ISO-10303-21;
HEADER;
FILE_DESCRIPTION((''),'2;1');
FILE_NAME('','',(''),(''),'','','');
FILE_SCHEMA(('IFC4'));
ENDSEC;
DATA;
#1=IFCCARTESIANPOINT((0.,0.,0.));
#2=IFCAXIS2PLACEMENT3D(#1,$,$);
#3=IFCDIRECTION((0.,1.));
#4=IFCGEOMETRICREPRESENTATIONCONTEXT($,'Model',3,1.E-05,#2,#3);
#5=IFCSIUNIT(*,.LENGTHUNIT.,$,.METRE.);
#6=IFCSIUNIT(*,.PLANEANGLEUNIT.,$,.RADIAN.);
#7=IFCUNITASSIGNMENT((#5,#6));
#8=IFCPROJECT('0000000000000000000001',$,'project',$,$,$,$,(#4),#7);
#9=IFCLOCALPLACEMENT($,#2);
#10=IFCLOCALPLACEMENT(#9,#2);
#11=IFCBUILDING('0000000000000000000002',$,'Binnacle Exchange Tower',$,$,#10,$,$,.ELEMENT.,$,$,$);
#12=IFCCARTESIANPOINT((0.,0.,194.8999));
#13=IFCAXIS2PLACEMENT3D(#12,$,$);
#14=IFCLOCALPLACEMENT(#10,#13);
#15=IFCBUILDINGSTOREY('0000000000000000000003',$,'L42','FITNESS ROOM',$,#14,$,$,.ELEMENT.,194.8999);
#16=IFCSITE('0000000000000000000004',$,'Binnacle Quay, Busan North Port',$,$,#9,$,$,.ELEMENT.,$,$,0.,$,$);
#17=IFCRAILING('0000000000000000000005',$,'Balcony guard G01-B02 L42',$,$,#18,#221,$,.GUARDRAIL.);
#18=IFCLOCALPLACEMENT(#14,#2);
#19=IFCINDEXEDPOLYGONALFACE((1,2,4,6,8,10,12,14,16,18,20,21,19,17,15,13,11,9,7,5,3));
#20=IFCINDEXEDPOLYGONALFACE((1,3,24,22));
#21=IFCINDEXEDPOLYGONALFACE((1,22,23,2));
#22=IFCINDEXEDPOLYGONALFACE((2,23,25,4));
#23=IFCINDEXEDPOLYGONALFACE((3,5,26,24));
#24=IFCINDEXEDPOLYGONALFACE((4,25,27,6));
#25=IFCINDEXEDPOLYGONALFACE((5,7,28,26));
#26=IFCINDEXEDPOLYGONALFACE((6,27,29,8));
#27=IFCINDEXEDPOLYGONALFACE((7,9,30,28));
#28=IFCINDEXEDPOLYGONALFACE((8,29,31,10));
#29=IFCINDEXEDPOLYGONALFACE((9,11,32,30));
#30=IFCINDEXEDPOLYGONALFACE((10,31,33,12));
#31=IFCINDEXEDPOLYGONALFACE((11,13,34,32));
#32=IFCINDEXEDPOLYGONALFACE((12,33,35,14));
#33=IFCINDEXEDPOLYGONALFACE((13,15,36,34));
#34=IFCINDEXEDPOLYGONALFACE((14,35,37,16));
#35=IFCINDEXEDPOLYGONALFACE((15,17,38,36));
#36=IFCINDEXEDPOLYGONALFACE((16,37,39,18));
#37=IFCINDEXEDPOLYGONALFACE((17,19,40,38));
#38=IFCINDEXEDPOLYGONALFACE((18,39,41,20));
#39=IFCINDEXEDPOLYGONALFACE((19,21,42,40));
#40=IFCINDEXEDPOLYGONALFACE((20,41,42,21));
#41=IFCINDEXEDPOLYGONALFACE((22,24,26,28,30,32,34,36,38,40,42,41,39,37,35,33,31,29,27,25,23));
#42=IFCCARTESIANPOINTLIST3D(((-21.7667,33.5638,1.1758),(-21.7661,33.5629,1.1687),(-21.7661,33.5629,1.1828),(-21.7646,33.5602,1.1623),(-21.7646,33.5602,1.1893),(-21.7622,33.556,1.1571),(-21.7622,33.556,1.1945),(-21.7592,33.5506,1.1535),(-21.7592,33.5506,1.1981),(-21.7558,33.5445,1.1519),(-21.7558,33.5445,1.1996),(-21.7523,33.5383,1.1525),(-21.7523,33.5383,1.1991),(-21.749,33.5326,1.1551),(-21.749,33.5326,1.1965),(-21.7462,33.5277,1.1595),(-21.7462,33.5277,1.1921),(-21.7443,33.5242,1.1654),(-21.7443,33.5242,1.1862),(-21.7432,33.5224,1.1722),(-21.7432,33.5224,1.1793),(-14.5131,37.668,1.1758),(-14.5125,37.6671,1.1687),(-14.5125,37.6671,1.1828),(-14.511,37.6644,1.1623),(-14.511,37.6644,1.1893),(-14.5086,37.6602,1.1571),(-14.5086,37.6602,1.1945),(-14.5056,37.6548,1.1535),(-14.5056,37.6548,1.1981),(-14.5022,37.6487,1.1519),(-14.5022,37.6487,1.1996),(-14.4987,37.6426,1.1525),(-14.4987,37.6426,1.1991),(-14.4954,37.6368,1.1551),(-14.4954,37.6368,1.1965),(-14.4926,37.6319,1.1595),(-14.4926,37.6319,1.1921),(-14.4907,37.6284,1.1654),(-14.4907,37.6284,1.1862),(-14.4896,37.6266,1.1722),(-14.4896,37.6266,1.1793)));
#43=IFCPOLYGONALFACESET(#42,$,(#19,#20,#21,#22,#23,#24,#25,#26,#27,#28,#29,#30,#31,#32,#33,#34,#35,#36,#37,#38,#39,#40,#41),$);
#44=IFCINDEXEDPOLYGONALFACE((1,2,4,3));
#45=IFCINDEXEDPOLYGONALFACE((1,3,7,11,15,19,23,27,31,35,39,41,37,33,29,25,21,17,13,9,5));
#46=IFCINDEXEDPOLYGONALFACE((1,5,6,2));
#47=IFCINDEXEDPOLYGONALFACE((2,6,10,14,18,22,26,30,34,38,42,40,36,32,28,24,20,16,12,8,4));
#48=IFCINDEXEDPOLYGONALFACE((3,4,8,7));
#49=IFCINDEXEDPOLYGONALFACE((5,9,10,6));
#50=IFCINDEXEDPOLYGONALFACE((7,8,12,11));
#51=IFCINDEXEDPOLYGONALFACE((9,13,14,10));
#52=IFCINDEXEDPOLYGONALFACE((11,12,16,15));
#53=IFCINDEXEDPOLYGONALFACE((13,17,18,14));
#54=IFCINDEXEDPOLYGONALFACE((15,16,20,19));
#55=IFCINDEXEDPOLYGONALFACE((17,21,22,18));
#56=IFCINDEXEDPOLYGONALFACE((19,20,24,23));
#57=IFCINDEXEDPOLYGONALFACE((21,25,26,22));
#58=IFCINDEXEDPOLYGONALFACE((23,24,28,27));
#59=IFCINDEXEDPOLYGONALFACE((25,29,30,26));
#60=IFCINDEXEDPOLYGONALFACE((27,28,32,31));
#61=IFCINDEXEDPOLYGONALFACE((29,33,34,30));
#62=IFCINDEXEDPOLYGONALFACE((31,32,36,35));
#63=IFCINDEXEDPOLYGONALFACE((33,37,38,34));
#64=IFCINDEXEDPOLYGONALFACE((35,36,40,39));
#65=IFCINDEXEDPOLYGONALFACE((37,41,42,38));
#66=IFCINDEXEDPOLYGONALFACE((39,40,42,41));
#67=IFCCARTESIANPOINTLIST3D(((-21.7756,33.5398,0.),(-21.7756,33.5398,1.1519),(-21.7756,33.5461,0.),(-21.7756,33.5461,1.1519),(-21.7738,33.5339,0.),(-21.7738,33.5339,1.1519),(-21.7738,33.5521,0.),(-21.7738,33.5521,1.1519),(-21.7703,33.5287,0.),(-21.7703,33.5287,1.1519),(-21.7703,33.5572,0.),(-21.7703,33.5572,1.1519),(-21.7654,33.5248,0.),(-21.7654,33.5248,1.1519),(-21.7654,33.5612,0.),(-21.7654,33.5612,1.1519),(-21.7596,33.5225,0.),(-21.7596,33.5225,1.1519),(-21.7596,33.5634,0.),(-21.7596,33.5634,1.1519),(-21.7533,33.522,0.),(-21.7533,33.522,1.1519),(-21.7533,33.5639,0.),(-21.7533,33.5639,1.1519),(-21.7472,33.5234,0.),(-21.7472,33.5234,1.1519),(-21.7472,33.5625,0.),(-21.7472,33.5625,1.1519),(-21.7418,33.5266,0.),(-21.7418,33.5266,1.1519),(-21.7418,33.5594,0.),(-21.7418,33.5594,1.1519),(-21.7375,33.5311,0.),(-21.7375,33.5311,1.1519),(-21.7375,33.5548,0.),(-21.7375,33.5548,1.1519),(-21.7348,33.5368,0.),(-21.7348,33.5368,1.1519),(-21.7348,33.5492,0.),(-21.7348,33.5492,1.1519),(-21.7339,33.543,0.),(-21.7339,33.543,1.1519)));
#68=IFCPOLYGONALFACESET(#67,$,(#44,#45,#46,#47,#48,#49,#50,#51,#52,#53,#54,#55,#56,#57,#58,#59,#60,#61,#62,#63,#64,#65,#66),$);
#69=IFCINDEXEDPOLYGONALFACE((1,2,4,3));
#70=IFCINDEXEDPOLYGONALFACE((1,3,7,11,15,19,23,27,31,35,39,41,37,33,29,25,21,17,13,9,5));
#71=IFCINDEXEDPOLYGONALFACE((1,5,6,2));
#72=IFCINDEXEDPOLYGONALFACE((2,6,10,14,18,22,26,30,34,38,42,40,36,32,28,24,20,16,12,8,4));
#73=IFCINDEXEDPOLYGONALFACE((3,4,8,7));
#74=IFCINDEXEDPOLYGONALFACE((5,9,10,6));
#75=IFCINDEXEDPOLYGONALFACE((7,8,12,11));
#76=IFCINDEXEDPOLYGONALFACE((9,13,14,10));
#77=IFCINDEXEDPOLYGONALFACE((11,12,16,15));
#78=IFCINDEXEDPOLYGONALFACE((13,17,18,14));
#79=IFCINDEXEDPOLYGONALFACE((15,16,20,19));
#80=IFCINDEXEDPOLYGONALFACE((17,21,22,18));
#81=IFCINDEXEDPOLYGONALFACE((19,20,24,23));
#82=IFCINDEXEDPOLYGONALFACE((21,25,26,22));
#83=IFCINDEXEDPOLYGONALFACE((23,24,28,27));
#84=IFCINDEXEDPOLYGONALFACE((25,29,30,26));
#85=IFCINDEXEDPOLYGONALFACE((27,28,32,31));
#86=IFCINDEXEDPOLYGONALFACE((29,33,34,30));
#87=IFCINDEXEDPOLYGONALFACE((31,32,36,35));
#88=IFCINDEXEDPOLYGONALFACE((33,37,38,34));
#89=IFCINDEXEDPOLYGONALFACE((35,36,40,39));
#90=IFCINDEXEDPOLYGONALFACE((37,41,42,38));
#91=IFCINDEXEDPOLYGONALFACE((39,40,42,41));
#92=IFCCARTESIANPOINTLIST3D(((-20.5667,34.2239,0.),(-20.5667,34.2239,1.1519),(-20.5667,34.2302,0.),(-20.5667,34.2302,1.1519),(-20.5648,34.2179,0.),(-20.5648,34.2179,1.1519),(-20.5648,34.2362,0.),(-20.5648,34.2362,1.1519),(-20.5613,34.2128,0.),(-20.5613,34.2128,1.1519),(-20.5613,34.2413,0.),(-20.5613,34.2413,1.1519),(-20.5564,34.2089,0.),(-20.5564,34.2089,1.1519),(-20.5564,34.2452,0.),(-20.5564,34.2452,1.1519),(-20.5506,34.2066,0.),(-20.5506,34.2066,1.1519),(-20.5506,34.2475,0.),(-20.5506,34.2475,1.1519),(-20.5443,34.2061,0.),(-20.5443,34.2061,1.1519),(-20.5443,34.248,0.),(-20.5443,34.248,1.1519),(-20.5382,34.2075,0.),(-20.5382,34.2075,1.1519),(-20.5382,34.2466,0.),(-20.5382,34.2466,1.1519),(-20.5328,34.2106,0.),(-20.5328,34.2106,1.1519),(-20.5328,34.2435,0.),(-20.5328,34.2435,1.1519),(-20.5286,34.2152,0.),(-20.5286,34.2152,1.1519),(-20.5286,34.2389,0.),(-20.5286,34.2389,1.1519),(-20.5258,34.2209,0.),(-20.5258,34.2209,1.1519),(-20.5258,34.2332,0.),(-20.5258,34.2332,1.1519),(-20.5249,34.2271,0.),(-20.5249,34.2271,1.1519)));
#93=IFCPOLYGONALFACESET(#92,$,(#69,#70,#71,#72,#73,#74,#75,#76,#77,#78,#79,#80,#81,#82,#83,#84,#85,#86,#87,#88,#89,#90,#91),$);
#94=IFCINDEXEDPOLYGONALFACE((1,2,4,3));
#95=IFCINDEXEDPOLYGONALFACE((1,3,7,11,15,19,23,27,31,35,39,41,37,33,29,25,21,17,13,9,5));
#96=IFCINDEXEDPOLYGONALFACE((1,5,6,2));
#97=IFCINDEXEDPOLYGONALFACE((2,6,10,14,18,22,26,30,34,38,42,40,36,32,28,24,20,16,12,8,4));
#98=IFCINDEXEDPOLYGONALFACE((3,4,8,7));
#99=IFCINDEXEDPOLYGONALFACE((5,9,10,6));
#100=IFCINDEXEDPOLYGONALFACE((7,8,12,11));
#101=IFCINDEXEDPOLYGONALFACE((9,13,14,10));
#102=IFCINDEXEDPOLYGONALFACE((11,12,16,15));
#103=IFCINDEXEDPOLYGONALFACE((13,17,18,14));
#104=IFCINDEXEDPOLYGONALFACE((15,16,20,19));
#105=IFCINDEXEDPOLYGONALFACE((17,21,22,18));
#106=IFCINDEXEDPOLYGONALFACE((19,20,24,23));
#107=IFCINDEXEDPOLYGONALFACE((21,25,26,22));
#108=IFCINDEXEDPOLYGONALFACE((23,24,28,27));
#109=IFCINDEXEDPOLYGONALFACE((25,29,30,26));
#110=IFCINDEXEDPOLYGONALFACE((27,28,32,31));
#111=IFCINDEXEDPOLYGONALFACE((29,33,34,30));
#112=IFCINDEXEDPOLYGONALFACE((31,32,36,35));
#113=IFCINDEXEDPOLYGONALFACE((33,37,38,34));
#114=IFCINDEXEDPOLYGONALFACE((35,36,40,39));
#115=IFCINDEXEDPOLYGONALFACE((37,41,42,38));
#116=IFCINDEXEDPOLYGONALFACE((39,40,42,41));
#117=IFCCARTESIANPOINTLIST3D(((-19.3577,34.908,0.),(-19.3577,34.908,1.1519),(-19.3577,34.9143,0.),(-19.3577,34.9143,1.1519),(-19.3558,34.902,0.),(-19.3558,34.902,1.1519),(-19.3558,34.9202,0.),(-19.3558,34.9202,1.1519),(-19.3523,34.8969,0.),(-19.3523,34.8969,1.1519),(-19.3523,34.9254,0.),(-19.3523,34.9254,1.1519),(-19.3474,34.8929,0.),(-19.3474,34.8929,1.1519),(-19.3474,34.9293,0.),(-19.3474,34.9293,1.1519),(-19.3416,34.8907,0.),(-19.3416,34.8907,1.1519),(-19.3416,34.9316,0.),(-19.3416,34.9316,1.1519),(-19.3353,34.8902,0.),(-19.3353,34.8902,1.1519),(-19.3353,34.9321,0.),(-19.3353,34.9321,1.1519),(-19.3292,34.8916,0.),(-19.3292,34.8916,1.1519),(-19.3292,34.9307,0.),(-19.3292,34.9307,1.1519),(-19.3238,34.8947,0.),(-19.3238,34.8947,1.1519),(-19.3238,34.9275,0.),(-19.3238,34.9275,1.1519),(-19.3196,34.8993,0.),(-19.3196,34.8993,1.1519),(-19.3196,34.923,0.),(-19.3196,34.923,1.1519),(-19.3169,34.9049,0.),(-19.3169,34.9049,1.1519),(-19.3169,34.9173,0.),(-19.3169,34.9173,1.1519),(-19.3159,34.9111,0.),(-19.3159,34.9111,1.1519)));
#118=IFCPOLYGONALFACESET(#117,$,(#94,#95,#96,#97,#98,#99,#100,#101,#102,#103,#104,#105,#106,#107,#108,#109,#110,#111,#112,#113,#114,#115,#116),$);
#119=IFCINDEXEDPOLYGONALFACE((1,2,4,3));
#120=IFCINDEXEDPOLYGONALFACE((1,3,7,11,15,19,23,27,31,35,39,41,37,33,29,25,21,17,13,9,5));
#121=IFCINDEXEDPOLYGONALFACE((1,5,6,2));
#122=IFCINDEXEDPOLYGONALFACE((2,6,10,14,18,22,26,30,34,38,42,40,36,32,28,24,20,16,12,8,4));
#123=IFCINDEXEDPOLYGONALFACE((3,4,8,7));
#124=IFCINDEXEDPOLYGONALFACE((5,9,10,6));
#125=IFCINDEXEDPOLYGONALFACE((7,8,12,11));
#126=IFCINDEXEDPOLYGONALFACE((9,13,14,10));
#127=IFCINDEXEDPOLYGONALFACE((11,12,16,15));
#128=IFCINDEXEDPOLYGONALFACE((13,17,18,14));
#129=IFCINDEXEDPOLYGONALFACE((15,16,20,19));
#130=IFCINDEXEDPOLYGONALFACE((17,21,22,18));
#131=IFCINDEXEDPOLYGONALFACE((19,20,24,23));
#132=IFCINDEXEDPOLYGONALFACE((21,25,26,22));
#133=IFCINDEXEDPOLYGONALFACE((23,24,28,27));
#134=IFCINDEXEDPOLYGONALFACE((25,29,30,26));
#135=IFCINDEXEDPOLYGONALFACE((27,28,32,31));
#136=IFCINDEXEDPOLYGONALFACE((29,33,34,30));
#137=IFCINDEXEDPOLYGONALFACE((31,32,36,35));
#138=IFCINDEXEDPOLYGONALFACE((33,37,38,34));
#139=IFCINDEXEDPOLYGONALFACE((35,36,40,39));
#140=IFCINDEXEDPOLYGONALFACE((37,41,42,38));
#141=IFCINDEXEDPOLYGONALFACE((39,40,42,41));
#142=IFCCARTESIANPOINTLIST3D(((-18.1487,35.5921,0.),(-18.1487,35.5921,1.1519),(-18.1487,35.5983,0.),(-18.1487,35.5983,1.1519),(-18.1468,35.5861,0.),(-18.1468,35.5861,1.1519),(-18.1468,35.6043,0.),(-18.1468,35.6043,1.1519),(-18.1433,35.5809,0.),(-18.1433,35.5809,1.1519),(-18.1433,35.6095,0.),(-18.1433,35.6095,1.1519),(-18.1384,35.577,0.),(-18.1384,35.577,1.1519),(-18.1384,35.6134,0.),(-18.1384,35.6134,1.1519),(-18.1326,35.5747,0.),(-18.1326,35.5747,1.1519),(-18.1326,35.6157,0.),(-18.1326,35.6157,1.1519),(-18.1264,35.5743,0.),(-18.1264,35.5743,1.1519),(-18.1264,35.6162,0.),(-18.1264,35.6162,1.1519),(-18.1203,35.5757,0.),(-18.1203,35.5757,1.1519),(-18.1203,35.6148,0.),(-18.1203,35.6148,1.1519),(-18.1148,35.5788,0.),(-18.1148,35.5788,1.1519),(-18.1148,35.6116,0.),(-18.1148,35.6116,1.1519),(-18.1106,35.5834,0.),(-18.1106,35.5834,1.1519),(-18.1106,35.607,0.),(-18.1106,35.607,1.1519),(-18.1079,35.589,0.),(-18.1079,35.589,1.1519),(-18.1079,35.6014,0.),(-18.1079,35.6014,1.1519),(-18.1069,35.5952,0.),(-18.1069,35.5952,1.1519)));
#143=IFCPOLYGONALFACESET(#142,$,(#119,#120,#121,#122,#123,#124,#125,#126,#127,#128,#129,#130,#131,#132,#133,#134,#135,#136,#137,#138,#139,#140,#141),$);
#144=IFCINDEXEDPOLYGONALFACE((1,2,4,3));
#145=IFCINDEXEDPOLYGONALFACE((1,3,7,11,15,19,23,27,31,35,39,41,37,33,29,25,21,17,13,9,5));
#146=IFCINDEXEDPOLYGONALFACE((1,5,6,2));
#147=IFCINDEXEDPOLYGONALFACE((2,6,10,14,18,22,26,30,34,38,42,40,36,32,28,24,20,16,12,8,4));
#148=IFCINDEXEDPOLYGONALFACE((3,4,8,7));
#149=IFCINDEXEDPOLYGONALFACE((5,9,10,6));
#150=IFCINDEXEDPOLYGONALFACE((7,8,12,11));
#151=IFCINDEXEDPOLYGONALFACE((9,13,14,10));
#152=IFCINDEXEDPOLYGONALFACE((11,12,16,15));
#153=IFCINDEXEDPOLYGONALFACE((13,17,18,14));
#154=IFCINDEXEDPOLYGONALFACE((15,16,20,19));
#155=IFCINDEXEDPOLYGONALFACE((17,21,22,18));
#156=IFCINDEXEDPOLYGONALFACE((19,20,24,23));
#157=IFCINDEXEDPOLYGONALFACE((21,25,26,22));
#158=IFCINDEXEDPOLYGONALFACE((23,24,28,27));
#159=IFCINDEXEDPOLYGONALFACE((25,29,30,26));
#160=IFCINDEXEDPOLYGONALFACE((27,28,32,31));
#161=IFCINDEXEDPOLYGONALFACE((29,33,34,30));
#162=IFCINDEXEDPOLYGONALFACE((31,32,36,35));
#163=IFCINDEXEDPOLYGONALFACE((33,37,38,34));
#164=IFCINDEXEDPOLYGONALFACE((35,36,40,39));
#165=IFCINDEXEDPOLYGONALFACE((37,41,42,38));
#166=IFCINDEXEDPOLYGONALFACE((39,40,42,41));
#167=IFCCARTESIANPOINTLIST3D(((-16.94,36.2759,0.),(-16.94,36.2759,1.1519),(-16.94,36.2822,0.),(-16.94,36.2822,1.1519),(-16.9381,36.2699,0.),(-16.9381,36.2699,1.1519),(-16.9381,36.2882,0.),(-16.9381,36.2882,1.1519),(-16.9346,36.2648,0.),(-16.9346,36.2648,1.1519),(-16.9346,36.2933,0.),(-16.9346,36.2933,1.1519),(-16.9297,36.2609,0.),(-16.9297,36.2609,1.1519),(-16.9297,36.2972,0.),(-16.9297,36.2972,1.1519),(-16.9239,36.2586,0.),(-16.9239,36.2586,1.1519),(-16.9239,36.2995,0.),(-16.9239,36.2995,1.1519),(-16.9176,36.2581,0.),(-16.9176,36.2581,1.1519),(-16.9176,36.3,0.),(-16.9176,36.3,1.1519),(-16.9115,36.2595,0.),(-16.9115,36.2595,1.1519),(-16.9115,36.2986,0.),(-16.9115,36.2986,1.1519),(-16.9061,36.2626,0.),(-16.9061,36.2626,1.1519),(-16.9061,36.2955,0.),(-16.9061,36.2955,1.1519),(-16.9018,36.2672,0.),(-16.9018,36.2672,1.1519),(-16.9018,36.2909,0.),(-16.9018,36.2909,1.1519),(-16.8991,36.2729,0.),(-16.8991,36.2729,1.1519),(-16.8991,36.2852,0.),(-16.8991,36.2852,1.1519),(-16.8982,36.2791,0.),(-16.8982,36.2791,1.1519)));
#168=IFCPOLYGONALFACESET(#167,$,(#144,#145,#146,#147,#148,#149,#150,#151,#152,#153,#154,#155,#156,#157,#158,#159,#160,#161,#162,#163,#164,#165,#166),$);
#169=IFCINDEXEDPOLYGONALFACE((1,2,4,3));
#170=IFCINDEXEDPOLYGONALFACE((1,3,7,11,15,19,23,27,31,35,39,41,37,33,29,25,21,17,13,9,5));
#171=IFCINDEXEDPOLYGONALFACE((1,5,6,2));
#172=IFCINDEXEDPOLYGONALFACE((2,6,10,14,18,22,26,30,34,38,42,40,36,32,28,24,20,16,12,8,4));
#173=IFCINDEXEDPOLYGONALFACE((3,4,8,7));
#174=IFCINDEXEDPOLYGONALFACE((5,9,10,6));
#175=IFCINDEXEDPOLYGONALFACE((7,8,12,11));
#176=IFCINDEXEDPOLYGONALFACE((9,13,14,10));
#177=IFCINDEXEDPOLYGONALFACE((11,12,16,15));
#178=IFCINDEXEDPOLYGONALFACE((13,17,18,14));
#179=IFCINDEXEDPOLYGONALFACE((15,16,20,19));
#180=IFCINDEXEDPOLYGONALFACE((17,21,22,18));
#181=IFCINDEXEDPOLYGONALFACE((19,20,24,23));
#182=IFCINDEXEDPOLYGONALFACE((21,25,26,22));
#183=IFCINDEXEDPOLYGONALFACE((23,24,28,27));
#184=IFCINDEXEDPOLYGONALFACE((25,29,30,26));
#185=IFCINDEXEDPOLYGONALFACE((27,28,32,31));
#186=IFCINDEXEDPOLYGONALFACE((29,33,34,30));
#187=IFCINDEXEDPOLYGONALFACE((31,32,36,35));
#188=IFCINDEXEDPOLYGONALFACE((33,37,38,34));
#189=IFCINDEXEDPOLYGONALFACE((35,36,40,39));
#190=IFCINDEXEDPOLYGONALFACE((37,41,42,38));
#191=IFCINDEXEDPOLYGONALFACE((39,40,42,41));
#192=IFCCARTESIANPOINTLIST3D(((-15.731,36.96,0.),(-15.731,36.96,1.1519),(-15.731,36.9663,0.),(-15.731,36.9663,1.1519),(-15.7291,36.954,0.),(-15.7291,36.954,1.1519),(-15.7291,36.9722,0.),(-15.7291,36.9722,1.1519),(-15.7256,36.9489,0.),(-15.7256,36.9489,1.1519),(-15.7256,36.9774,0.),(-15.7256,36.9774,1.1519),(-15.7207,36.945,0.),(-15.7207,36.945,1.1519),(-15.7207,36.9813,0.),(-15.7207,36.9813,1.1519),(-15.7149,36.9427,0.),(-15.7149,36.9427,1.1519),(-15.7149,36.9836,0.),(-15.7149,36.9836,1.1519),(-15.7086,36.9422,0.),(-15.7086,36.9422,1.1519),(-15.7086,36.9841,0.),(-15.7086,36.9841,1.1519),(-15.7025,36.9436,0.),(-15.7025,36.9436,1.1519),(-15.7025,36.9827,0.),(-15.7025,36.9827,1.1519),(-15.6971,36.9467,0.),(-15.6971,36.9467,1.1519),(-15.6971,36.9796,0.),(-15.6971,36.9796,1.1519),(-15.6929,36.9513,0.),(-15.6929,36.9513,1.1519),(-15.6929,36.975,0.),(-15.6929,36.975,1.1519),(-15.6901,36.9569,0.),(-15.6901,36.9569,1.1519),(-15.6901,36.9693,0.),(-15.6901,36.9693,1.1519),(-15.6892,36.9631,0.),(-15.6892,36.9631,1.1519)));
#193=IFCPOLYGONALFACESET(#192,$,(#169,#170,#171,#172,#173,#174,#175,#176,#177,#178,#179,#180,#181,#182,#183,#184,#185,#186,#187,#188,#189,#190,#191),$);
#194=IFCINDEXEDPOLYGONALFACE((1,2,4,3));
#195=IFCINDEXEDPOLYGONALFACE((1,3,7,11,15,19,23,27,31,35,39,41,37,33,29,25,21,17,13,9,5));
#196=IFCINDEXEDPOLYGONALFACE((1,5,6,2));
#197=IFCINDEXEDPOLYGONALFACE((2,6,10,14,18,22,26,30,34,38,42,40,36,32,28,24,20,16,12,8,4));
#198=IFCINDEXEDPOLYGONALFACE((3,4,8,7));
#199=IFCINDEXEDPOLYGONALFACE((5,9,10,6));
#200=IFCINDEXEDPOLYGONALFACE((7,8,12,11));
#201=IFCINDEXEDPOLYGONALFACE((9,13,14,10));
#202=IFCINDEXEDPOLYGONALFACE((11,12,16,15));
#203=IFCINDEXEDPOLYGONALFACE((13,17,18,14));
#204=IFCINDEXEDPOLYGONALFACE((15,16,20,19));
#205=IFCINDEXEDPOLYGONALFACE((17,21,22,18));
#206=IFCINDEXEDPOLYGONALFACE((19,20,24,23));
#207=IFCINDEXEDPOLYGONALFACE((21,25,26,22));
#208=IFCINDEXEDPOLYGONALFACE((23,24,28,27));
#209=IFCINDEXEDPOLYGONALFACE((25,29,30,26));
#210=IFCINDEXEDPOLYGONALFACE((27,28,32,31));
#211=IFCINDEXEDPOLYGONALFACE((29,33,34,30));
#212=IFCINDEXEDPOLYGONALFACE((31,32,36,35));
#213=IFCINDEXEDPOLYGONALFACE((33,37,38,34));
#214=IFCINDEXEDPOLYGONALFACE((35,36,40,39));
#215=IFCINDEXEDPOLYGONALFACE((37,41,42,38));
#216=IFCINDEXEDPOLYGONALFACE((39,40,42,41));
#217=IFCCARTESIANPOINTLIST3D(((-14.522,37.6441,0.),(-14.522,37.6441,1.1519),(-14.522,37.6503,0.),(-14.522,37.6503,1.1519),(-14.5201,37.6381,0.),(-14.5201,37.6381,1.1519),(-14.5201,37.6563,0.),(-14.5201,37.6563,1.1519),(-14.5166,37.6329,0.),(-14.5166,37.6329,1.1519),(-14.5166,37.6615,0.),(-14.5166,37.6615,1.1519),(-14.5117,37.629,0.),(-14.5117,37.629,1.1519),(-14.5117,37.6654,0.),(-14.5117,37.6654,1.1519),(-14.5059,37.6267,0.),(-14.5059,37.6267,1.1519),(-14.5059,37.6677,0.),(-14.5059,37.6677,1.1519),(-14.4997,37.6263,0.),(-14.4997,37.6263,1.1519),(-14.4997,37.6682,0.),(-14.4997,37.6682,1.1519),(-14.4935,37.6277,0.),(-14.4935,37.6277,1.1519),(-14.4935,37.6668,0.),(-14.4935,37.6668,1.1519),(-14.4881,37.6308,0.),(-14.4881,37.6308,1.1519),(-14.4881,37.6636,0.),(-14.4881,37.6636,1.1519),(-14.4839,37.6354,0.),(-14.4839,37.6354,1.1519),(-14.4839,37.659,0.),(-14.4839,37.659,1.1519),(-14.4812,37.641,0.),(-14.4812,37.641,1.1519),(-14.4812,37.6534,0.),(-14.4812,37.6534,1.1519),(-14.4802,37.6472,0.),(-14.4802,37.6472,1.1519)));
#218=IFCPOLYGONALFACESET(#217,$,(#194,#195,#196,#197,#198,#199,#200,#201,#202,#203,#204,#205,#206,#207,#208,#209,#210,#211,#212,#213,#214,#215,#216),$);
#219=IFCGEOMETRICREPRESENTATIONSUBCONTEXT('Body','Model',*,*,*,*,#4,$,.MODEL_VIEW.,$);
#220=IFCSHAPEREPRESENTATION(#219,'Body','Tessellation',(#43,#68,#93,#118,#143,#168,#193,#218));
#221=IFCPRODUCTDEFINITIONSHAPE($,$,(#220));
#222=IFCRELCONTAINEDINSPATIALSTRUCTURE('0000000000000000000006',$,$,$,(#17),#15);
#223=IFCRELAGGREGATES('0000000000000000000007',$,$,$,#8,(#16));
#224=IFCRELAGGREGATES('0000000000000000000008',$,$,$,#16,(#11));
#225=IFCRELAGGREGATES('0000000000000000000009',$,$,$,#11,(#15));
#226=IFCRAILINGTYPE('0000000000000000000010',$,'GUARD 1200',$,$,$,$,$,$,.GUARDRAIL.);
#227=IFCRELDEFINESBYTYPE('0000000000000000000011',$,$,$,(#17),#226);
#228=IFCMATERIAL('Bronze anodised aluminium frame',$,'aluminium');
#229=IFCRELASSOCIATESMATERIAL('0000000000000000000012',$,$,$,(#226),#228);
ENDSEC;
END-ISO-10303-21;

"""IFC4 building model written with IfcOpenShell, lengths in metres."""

from ifc_helpers import new_model, si_unit, direction, frame, origin, origin_2d, place, context, subcontext, project, spatial, circle, extrude, material, type_object, element, save


model = new_model("IFC4")

# Units and contexts
model_context = context("Model", 3, precision=1e-05, world=origin(), true_north=direction((0.0, 1.0)))
body_context = subcontext(model_context, "Body", "Model", "MODEL_VIEW")
ifc_project = project(units=[si_unit("LENGTHUNIT", "METRE"), si_unit("PLANEANGLEUNIT", "RADIAN")], contexts=[model_context])

# Site, building, storey
site_placement = place(None, origin())
site = spatial("IfcSite", under=ifc_project, at=site_placement, Name="Binnacle Quay, Busan North Port", CompositionType="ELEMENT", RefElevation=0.0)
building_placement = place(site_placement, origin())
building = spatial("IfcBuilding", under=site, at=building_placement, Name="Binnacle Exchange Tower", CompositionType="ELEMENT")
storey_placement = place(building_placement, frame((0.0, 0.0, 194.8999)))
storey = spatial("IfcBuildingStorey", under=building, at=storey_placement, Name="L42", Description="FITNESS ROOM", CompositionType="ELEMENT", Elevation=194.8999)

# Railing
ifc_material_1 = material(Name="Bronze anodised aluminium frame", Category="aluminium")
railing_type_1 = type_object("IfcRailingType", Name="GUARD 1200", PredefinedType="GUARDRAIL", material=ifc_material_1)
railing_1_placement = place(storey_placement, frame((-21.7549, 33.543, 0.0)))
element("IfcRailing", 1, at=railing_1_placement, inside=storey, type_object=railing_type_1, Name="Balcony guard G01-B02 L42", PredefinedType="GUARDRAIL", context=body_context, shape_type="SweptSolid", body=[
    extrude(circle(Radius=0.0239, at=origin_2d()), frame((0.0, 0.0, 1.1758), z_axis=(0.870339, 0.492453, 0.0), x_axis=(-0.492453, 0.870339, 0.0)), (0.0, 0.0, 1.0), 8.3342),
    extrude(circle(Radius=0.021, at=origin_2d()), origin(), (0.0, 0.0, 1.0), 1.1519),
    extrude(circle(Radius=0.021, at=origin_2d()), frame((1.209, 0.6841, 0.0)), (0.0, 0.0, 1.0), 1.1519),
    extrude(circle(Radius=0.021, at=origin_2d()), frame((2.418, 1.3682, 0.0)), (0.0, 0.0, 1.0), 1.1519),
    extrude(circle(Radius=0.021, at=origin_2d()), frame((3.627, 2.0522, 0.0)), (0.0, 0.0, 1.0), 1.1519),
    extrude(circle(Radius=0.021, at=origin_2d()), frame((4.8357, 2.7361, 0.0)), (0.0, 0.0, 1.0), 1.1519),
    extrude(circle(Radius=0.021, at=origin_2d()), frame((6.0447, 3.4202, 0.0)), (0.0, 0.0, 1.0), 1.1519),
    extrude(circle(Radius=0.021, at=origin_2d()), frame((7.2537, 4.1042, 0.0)), (0.0, 0.0, 1.0), 1.1519),
])

save(model, "model.ifc")
